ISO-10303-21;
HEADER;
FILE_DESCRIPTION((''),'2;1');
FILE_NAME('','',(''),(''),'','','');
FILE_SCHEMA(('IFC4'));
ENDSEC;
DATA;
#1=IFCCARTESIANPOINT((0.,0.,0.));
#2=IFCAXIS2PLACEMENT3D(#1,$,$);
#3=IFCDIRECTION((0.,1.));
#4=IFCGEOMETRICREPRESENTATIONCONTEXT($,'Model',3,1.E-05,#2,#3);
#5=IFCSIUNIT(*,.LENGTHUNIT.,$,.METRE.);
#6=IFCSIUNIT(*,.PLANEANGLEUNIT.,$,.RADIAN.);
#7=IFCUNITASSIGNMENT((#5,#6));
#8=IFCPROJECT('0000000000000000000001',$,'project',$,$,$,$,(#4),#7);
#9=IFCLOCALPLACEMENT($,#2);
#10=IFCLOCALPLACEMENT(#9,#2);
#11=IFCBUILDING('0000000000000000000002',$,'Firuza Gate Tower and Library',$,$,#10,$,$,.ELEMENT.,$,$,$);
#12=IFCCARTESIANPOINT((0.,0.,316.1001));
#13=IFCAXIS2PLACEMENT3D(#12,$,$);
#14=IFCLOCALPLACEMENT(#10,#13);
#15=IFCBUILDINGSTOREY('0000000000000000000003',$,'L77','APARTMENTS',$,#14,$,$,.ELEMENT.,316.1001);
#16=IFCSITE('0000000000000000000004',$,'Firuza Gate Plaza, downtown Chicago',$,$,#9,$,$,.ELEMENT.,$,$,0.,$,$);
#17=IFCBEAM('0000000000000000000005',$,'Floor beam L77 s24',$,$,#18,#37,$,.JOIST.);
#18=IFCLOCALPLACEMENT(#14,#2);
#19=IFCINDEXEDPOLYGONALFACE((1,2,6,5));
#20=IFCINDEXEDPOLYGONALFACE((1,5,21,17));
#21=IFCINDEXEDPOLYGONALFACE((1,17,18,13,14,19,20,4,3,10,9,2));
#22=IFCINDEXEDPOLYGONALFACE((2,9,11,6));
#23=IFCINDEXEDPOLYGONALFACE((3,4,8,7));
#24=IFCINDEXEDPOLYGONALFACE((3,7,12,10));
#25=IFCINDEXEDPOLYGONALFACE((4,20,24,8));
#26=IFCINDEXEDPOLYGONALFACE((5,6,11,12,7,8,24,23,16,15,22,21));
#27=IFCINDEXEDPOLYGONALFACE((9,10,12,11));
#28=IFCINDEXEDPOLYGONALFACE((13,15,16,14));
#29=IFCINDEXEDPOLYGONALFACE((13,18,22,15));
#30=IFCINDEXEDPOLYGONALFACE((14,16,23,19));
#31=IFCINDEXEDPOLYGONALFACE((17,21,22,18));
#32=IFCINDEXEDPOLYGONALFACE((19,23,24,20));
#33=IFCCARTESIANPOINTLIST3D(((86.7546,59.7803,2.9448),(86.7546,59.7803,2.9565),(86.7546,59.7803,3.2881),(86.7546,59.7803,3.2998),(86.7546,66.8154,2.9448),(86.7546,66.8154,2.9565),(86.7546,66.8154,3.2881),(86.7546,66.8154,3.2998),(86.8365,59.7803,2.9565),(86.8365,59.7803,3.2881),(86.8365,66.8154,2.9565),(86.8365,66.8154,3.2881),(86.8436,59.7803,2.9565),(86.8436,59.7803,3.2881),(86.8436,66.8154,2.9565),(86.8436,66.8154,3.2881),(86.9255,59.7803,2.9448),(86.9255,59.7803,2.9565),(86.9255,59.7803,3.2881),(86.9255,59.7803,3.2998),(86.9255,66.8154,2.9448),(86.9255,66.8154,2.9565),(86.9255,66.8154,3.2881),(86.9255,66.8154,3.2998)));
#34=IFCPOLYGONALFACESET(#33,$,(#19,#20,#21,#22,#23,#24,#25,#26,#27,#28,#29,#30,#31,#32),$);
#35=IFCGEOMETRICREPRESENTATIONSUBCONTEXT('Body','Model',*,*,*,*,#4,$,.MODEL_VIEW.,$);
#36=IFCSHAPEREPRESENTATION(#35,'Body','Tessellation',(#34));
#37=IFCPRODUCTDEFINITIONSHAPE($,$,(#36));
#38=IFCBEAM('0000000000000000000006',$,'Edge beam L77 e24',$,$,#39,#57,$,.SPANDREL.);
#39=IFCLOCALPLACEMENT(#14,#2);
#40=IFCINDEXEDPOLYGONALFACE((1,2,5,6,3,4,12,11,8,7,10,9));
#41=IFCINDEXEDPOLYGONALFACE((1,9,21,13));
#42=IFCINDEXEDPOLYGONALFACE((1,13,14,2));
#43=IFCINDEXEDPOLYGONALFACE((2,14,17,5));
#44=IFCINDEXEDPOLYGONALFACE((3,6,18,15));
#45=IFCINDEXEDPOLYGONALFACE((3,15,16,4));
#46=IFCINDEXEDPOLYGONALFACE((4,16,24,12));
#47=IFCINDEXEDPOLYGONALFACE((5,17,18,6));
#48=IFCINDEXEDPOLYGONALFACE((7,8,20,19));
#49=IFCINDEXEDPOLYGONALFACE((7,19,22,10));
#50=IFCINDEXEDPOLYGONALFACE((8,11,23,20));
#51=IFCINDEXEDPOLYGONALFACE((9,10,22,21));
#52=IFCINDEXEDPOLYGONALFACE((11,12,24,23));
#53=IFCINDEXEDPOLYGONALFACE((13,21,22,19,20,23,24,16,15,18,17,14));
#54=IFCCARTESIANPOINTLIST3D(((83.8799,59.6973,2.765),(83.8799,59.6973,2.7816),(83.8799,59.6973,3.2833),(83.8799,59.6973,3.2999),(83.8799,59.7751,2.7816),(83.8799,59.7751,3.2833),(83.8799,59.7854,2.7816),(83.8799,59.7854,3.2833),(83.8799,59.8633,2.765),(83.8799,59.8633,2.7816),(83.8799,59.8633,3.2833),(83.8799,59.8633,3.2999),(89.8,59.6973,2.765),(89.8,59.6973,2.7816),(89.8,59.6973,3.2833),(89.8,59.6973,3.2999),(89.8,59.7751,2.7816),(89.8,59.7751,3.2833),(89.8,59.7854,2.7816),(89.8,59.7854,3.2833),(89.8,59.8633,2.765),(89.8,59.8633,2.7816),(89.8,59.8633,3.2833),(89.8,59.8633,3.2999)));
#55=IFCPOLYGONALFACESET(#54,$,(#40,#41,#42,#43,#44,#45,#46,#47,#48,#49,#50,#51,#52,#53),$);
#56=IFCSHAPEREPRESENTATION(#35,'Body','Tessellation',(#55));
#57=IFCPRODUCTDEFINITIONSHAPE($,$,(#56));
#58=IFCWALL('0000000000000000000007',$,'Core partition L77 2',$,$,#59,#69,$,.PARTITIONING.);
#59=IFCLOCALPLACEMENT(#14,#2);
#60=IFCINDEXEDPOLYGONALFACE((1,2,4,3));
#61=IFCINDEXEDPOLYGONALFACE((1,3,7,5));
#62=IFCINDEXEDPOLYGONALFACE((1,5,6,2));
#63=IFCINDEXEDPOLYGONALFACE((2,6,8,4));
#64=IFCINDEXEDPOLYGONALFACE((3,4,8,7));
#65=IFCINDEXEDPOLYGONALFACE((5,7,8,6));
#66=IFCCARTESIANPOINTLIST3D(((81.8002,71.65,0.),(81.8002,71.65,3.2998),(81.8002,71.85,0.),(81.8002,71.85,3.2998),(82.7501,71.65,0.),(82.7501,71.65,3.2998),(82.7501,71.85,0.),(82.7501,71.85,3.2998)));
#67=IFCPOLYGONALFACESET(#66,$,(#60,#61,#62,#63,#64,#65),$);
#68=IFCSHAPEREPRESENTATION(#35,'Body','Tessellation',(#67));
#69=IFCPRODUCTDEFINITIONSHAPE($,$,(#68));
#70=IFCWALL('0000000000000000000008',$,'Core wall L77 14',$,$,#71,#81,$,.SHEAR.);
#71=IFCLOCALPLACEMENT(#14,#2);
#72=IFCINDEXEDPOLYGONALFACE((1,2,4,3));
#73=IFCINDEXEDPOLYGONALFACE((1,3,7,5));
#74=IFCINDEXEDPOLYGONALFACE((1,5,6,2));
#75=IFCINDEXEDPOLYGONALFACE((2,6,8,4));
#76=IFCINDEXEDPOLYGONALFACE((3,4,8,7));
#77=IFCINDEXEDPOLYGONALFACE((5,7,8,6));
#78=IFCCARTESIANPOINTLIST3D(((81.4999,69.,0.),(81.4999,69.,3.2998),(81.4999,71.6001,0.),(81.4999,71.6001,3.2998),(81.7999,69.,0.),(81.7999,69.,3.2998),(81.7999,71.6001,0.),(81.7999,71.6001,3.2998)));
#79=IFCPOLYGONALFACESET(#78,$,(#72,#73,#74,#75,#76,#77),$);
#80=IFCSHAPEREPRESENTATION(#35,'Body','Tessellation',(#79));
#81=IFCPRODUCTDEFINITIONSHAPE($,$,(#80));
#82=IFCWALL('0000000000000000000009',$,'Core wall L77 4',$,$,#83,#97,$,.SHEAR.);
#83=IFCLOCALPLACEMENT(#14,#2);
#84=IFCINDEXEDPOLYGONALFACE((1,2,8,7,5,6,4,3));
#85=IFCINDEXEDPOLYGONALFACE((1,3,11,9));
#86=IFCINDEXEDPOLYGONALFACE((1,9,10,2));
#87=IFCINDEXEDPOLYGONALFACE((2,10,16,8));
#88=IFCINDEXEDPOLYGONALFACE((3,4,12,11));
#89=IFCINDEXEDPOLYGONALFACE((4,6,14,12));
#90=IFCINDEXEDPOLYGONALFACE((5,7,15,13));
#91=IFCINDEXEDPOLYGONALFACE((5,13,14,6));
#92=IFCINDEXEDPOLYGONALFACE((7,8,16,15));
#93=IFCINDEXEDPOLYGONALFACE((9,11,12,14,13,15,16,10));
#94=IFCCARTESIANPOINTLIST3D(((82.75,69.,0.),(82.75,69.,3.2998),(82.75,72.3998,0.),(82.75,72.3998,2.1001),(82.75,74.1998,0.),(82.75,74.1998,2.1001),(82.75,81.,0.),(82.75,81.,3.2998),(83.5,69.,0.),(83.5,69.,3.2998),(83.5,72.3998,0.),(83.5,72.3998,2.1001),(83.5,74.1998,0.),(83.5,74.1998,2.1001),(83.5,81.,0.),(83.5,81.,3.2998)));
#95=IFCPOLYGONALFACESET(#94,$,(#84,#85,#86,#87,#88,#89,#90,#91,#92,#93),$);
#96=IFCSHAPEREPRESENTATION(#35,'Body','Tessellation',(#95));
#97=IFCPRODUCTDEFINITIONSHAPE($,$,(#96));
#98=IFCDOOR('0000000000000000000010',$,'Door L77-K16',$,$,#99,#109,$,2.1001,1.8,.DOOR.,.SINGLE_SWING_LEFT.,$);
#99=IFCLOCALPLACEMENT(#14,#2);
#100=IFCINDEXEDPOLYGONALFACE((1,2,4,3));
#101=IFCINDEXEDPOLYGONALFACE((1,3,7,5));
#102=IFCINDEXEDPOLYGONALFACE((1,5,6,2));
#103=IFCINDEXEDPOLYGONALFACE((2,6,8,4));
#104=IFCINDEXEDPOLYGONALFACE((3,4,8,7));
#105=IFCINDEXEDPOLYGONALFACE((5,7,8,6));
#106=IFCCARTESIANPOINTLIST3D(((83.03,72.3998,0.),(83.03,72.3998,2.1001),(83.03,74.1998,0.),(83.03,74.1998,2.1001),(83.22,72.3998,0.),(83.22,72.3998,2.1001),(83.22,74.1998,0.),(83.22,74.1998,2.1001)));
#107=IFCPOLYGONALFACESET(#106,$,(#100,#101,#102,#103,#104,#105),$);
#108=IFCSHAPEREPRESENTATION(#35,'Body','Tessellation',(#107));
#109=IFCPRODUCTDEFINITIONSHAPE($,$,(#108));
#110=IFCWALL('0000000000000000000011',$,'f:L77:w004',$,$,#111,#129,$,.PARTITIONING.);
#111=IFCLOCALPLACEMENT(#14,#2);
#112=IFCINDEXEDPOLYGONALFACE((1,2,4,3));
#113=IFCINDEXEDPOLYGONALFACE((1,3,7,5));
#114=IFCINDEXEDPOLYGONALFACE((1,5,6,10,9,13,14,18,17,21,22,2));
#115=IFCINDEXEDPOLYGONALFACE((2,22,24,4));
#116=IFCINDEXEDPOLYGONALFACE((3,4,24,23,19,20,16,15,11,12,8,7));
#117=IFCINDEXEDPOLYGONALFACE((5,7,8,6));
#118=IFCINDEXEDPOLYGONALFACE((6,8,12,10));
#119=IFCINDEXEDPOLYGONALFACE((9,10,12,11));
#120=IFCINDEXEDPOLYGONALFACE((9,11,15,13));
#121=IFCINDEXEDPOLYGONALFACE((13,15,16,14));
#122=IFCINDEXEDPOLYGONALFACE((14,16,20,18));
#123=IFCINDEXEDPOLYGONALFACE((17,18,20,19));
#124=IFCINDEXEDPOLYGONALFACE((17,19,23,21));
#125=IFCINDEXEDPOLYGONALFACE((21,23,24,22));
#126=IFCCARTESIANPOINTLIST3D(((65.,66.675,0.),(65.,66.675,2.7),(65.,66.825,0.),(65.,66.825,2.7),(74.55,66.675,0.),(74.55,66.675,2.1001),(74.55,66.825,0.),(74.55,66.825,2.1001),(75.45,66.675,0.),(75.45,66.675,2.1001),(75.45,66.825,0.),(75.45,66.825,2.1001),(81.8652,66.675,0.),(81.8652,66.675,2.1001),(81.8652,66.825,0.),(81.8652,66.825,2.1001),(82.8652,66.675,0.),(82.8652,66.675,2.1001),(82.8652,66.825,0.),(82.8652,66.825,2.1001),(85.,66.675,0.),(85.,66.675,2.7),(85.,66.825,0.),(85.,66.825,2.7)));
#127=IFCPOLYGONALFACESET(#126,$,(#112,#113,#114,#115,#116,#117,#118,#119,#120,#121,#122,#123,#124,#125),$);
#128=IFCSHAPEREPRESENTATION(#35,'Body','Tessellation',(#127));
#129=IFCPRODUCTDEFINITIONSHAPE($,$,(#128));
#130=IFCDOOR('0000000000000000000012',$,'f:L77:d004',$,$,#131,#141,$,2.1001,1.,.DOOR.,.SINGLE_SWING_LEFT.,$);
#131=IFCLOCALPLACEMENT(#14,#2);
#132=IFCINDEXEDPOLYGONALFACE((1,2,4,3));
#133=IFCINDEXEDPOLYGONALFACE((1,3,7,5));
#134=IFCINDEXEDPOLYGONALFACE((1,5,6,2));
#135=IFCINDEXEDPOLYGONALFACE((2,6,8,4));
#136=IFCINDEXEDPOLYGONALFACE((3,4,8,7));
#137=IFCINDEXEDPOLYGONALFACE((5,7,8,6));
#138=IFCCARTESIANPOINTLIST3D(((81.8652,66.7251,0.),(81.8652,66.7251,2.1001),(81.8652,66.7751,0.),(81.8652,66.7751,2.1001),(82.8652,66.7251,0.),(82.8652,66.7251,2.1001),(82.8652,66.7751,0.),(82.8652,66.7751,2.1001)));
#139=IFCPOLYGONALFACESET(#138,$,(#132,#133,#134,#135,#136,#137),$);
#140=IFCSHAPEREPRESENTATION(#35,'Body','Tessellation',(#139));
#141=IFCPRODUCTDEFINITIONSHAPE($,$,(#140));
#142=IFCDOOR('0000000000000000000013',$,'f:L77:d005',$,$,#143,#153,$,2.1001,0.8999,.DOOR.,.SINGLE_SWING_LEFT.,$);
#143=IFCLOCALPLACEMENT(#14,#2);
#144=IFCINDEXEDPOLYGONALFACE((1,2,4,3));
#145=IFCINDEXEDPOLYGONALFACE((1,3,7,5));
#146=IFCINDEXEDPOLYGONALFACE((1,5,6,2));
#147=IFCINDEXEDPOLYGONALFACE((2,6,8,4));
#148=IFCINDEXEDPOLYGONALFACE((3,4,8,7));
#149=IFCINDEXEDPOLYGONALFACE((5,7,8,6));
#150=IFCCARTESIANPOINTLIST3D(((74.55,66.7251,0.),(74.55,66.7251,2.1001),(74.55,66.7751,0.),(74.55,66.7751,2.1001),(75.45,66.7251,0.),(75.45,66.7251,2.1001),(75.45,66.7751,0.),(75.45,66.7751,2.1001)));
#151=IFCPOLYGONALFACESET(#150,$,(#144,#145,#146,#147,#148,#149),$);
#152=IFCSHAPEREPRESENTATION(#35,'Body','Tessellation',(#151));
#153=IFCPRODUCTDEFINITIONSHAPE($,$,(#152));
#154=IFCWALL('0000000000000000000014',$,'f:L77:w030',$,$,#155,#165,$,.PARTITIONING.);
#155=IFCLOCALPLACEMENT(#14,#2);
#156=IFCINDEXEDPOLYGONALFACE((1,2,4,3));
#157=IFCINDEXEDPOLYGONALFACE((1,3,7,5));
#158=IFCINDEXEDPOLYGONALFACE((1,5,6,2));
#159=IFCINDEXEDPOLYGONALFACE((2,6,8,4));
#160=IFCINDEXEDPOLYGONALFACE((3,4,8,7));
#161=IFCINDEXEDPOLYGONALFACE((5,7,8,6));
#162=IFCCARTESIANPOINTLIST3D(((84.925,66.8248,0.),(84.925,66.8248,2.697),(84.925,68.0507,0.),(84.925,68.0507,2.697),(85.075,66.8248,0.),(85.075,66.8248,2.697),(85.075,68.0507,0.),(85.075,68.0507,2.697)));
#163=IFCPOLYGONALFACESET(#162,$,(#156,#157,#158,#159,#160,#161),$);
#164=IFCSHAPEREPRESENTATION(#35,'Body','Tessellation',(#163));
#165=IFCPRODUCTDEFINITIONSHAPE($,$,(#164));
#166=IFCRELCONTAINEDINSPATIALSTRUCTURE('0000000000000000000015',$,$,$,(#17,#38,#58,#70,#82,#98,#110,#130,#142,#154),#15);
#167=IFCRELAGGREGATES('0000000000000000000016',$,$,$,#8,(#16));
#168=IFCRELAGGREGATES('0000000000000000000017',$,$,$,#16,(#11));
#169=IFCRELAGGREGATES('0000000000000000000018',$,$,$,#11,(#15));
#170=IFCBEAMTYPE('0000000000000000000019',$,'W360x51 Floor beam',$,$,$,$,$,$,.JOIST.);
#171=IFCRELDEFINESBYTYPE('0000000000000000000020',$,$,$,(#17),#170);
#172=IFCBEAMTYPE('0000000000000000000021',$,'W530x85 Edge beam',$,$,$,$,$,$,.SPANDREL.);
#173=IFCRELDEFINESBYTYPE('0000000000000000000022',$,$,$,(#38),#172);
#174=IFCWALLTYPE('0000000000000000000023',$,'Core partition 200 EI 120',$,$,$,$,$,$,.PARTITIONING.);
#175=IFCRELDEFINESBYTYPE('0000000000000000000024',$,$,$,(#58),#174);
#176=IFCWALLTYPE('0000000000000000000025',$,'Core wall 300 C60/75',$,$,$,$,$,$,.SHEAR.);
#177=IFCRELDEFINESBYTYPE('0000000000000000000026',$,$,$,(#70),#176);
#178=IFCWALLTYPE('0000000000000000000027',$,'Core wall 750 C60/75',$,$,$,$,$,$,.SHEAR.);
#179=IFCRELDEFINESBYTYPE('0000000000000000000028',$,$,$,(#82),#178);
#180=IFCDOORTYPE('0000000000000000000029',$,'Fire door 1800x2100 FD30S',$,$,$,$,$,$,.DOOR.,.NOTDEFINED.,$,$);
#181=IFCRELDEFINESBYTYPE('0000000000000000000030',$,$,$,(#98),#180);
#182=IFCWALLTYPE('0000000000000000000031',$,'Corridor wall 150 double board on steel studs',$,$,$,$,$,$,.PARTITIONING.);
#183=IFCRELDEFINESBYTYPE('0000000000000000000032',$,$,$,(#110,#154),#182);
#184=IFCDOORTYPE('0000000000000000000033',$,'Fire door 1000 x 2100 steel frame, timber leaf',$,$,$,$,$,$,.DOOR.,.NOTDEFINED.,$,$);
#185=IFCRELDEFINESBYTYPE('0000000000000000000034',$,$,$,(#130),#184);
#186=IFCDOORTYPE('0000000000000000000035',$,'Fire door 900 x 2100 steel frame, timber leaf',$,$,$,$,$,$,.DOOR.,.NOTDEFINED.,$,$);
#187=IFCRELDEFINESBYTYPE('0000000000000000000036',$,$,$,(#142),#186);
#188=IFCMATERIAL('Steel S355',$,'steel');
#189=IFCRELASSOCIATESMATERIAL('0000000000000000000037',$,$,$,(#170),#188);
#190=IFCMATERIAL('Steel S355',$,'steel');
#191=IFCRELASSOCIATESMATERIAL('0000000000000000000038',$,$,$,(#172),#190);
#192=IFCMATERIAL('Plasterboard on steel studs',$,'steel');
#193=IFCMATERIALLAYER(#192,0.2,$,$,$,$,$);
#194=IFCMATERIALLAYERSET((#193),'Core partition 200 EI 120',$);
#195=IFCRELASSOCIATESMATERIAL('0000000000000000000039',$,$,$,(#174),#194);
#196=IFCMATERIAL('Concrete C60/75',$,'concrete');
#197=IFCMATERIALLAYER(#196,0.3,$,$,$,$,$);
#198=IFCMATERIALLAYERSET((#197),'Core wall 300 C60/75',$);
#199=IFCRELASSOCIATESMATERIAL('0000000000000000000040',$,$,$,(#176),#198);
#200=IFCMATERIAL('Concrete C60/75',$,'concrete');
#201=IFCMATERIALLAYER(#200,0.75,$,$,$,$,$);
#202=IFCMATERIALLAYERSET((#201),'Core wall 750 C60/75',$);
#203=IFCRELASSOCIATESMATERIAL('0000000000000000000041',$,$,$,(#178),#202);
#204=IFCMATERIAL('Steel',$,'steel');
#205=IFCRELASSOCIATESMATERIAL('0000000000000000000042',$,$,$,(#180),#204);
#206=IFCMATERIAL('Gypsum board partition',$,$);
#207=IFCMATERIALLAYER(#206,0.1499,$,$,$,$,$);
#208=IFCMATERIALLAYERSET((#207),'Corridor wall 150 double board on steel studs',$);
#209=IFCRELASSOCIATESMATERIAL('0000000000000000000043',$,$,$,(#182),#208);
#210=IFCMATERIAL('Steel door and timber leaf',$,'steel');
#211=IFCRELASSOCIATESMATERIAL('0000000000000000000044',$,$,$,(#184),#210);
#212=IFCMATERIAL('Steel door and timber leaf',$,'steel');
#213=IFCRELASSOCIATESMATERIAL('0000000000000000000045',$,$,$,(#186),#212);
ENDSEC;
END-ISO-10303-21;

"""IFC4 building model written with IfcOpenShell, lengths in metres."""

from ifc_helpers import new_model, si_unit, direction, frame, frame_2d, origin, origin_2d, place, context, subcontext, project, spatial, rectangle, i_section, extrude, material, layer, layer_set, material_profile, profile_set, type_object, element, fill, save


model = new_model("IFC4")

# Units and contexts
model_context = context("Model", 3, precision=1e-05, world=origin(), true_north=direction((0.0, 1.0)))
body_context = subcontext(model_context, "Body", "Model", "MODEL_VIEW")
ifc_project = project(units=[si_unit("LENGTHUNIT", "METRE"), si_unit("PLANEANGLEUNIT", "RADIAN")], contexts=[model_context])

# Site, building, storey
site_placement = place(None, origin())
site = spatial("IfcSite", under=ifc_project, at=site_placement, Name="Firuza Gate Plaza, downtown Chicago", CompositionType="ELEMENT", RefElevation=0.0)
building_placement = place(site_placement, origin())
building = spatial("IfcBuilding", under=site, at=building_placement, Name="Firuza Gate Tower and Library", CompositionType="ELEMENT")
storey_placement = place(building_placement, frame((0.0, 0.0, 316.1001)))
storey = spatial("IfcBuildingStorey", under=building, at=storey_placement, Name="L77", Description="APARTMENTS", CompositionType="ELEMENT", Elevation=316.1001)

# Beams
ifc_material_1 = material(Name="Steel S355", Category="steel")
ifc_material_profile_1 = material_profile(ifc_material_1, i_section(OverallWidth=0.1709, OverallDepth=0.355, WebThickness=0.0071, FlangeThickness=0.0117, at=origin_2d()))
ifc_profile_set_1 = profile_set([ifc_material_profile_1], Name="Steel S355")
beam_type_1 = type_object("IfcBeamType", Name="W360x51 Floor beam", PredefinedType="JOIST", material=ifc_profile_set_1)
beam_1_placement = place(storey_placement, frame((86.8401, 59.7803, 3.1223), z_axis=(0.0, 1.0, 0.0), x_axis=(-1.0, 0.0, 0.0)))
element("IfcBeam", 1, at=beam_1_placement, inside=storey, type_object=beam_type_1, Name="Floor beam L77 s24", PredefinedType="JOIST", context=body_context, shape_type="SweptSolid", body=[
    extrude(i_section(OverallWidth=0.1709, OverallDepth=0.355, WebThickness=0.0071, FlangeThickness=0.0117, at=origin_2d()), origin(), (0.0, 0.0, 1.0), 7.0352),
])
ifc_material_2 = material(Name="Steel S355", Category="steel")
ifc_material_profile_2 = material_profile(ifc_material_2, i_section(OverallWidth=0.166, OverallDepth=0.5349, WebThickness=0.0103, FlangeThickness=0.0166, at=origin_2d()))
ifc_profile_set_2 = profile_set([ifc_material_profile_2], Name="Steel S355")
beam_type_2 = type_object("IfcBeamType", Name="W530x85 Edge beam", PredefinedType="SPANDREL", material=ifc_profile_set_2)
beam_2_placement = place(storey_placement, frame((83.8799, 59.7803, 3.0325), z_axis=(1.0, 0.0, 0.0), x_axis=(0.0, 1.0, 0.0)))
element("IfcBeam", 2, at=beam_2_placement, inside=storey, type_object=beam_type_2, Name="Edge beam L77 e24", PredefinedType="SPANDREL", context=body_context, shape_type="SweptSolid", body=[
    extrude(i_section(OverallWidth=0.166, OverallDepth=0.5349, WebThickness=0.0103, FlangeThickness=0.0166, at=origin_2d()), origin(), (0.0, 0.0, 1.0), 5.9202),
])

# Walls
ifc_material_3 = material(Name="Plasterboard on steel studs", Category="steel")
ifc_layer_1 = layer(ifc_material_3, 0.2)
ifc_layer_set_1 = layer_set([ifc_layer_1], Name="Core partition 200 EI 120")
wall_type_1 = type_object("IfcWallType", Name="Core partition 200 EI 120", PredefinedType="PARTITIONING", material=ifc_layer_set_1)
wall_1_placement = place(storey_placement, frame((81.8, 71.75, 0.0), z_axis=(0.0, 0.0, 1.0), x_axis=(1.0, 0.0, 0.0)))
element("IfcWall", 3, at=wall_1_placement, inside=storey, type_object=wall_type_1, Name="Core partition L77 2", PredefinedType="PARTITIONING", context=body_context, shape_type="SweptSolid", body=[
    extrude(rectangle(XDim=0.95, YDim=0.2, at=frame_2d((0.4751, 0.0))), origin(), (0.0, 0.0, 1.0), 3.2998),
])
ifc_material_4 = material(Name="Concrete C60/75", Category="concrete")
ifc_layer_2 = layer(ifc_material_4, 0.3)
ifc_layer_set_2 = layer_set([ifc_layer_2], Name="Core wall 300 C60/75")
wall_type_2 = type_object("IfcWallType", Name="Core wall 300 C60/75", PredefinedType="SHEAR", material=ifc_layer_set_2)
wall_2_placement = place(storey_placement, frame((81.6499, 69.0, 0.0), z_axis=(0.0, 0.0, 1.0), x_axis=(0.0, 1.0, 0.0)))
element("IfcWall", 4, at=wall_2_placement, inside=storey, type_object=wall_type_2, Name="Core wall L77 14", PredefinedType="SHEAR", context=body_context, shape_type="SweptSolid", body=[
    extrude(rectangle(XDim=2.6001, YDim=0.3, at=frame_2d((1.3, 0.0))), origin(), (0.0, 0.0, 1.0), 3.2998),
])

# Wall, opening, door
ifc_material_5 = material(Name="Concrete C60/75", Category="concrete")
ifc_layer_3 = layer(ifc_material_5, 0.75)
ifc_layer_set_3 = layer_set([ifc_layer_3], Name="Core wall 750 C60/75")
wall_type_3 = type_object("IfcWallType", Name="Core wall 750 C60/75", PredefinedType="SHEAR", material=ifc_layer_set_3)
wall_3_placement = place(storey_placement, frame((83.125, 69.0, 0.0), z_axis=(0.0, 0.0, 1.0), x_axis=(0.0, 1.0, 0.0)))
wall_3 = element("IfcWall", 5, at=wall_3_placement, inside=storey, type_object=wall_type_3, Name="Core wall L77 4", PredefinedType="SHEAR", context=body_context, shape_type="SweptSolid", body=[
    extrude(rectangle(XDim=12.0, YDim=0.75, at=frame_2d((6.0, 0.0))), origin(), (0.0, 0.0, 1.0), 3.2998),
])
opening_1_placement = place(wall_3_placement, frame((3.3999, 0.0, 0.0)))
opening_1 = element("IfcOpeningElement", 6, at=opening_1_placement, cuts=wall_3, PredefinedType="OPENING", context=body_context, shape_type="SweptSolid", body=[
    extrude(rectangle(XDim=1.8, YDim=2.1001, at=frame_2d((0.8999, 1.05))), frame((0.0, 0.385, 0.0), z_axis=(0.0, -1.0, 0.0), x_axis=(1.0, 0.0, 0.0)), (0.0, 0.0, 1.0), 0.77),
])
ifc_material_6 = material(Name="Steel", Category="steel")
door_type_1 = type_object("IfcDoorType", Name="Fire door 1800x2100 FD30S", OperationType="NOTDEFINED", PredefinedType="DOOR", material=ifc_material_6)
door_1_placement = place(opening_1_placement, origin())
door_1 = element("IfcDoor", 7, at=door_1_placement, inside=storey, type_object=door_type_1, Name="Door L77-K16", OperationType="SINGLE_SWING_LEFT", OverallHeight=2.1001, OverallWidth=1.8, PredefinedType="DOOR", context=body_context, shape_type="SweptSolid", body=[
    extrude(rectangle(XDim=1.8, YDim=2.1001, at=frame_2d((0.8999, 1.05))), frame((0.0, 0.095, 0.0), z_axis=(0.0, -1.0, 0.0), x_axis=(1.0, 0.0, 0.0)), (0.0, 0.0, 1.0), 0.1899),
])
fill(opening_1, door_1)

# Wall, openings, doors
ifc_material_7 = material(Name="Gypsum board partition")
ifc_layer_4 = layer(ifc_material_7, 0.1499)
ifc_layer_set_4 = layer_set([ifc_layer_4], Name="Corridor wall 150 double board on steel studs")
wall_type_4 = type_object("IfcWallType", Name="Corridor wall 150 double board on steel studs", PredefinedType="PARTITIONING", material=ifc_layer_set_4)
wall_4_placement = place(storey_placement, frame((85.0, 66.75, 0.0), z_axis=(0.0, 0.0, 1.0), x_axis=(-1.0, 0.0, 0.0)))
wall_4 = element("IfcWall", 8, at=wall_4_placement, inside=storey, type_object=wall_type_4, Name="f:L77:w004", PredefinedType="PARTITIONING", context=body_context, shape_type="SweptSolid", body=[
    extrude(rectangle(XDim=20.0, YDim=0.1499, at=frame_2d((10.0, 0.0))), origin(), (0.0, 0.0, 1.0), 2.7),
])
opening_2_placement = place(wall_4_placement, frame((2.1348, 0.0, 0.0)))
opening_2 = element("IfcOpeningElement", 9, at=opening_2_placement, cuts=wall_4, PredefinedType="OPENING", context=body_context, shape_type="SweptSolid", body=[
    extrude(rectangle(XDim=1.0, YDim=2.1001, at=frame_2d((0.5, 1.05))), frame((0.0, 0.085, 0.0), z_axis=(0.0, -1.0, 0.0), x_axis=(1.0, 0.0, 0.0)), (0.0, 0.0, 1.0), 0.1699),
])
opening_3_placement = place(wall_4_placement, frame((9.55, 0.0, 0.0)))
opening_3 = element("IfcOpeningElement", 10, at=opening_3_placement, cuts=wall_4, PredefinedType="OPENING", context=body_context, shape_type="SweptSolid", body=[
    extrude(rectangle(XDim=0.8999, YDim=2.1001, at=frame_2d((0.45, 1.05))), frame((0.0, 0.085, 0.0), z_axis=(0.0, -1.0, 0.0), x_axis=(1.0, 0.0, 0.0)), (0.0, 0.0, 1.0), 0.1699),
])
ifc_material_8 = material(Name="Steel door and timber leaf", Category="steel")
door_type_2 = type_object("IfcDoorType", Name="Fire door 1000 x 2100 steel frame, timber leaf", OperationType="NOTDEFINED", PredefinedType="DOOR", material=ifc_material_8)
door_2_placement = place(opening_2_placement, origin())
door_2 = element("IfcDoor", 11, at=door_2_placement, inside=storey, type_object=door_type_2, Name="f:L77:d004", OperationType="SINGLE_SWING_LEFT", OverallHeight=2.1001, OverallWidth=1.0, PredefinedType="DOOR", context=body_context, shape_type="SweptSolid", body=[
    extrude(rectangle(XDim=1.0, YDim=2.1001, at=frame_2d((0.5, 1.05))), frame((0.0, 0.0249, 0.0), z_axis=(0.0, -1.0, 0.0), x_axis=(1.0, 0.0, 0.0)), (0.0, 0.0, 1.0), 0.05),
])
fill(opening_2, door_2)
ifc_material_9 = material(Name="Steel door and timber leaf", Category="steel")
door_type_3 = type_object("IfcDoorType", Name="Fire door 900 x 2100 steel frame, timber leaf", OperationType="NOTDEFINED", PredefinedType="DOOR", material=ifc_material_9)
door_3_placement = place(opening_3_placement, origin())
door_3 = element("IfcDoor", 12, at=door_3_placement, inside=storey, type_object=door_type_3, Name="f:L77:d005", OperationType="SINGLE_SWING_LEFT", OverallHeight=2.1001, OverallWidth=0.8999, PredefinedType="DOOR", context=body_context, shape_type="SweptSolid", body=[
    extrude(rectangle(XDim=0.8999, YDim=2.1001, at=frame_2d((0.45, 1.05))), frame((0.0, 0.0249, 0.0), z_axis=(0.0, -1.0, 0.0), x_axis=(1.0, 0.0, 0.0)), (0.0, 0.0, 1.0), 0.05),
])
fill(opening_3, door_3)

# Wall
wall_5_placement = place(storey_placement, frame((85.0, 66.825, 0.0), z_axis=(0.0, 0.0, 1.0), x_axis=(0.0, 1.0, 0.0)))
element("IfcWall", 13, at=wall_5_placement, inside=storey, type_object=wall_type_4, Name="f:L77:w030", PredefinedType="PARTITIONING", context=body_context, shape_type="SweptSolid", body=[
    extrude(rectangle(XDim=1.2258, YDim=0.1499, at=frame_2d((0.6128, 0.0))), origin(), (0.0, 0.0, 1.0), 2.697),
])

save(model, "model.ifc")
